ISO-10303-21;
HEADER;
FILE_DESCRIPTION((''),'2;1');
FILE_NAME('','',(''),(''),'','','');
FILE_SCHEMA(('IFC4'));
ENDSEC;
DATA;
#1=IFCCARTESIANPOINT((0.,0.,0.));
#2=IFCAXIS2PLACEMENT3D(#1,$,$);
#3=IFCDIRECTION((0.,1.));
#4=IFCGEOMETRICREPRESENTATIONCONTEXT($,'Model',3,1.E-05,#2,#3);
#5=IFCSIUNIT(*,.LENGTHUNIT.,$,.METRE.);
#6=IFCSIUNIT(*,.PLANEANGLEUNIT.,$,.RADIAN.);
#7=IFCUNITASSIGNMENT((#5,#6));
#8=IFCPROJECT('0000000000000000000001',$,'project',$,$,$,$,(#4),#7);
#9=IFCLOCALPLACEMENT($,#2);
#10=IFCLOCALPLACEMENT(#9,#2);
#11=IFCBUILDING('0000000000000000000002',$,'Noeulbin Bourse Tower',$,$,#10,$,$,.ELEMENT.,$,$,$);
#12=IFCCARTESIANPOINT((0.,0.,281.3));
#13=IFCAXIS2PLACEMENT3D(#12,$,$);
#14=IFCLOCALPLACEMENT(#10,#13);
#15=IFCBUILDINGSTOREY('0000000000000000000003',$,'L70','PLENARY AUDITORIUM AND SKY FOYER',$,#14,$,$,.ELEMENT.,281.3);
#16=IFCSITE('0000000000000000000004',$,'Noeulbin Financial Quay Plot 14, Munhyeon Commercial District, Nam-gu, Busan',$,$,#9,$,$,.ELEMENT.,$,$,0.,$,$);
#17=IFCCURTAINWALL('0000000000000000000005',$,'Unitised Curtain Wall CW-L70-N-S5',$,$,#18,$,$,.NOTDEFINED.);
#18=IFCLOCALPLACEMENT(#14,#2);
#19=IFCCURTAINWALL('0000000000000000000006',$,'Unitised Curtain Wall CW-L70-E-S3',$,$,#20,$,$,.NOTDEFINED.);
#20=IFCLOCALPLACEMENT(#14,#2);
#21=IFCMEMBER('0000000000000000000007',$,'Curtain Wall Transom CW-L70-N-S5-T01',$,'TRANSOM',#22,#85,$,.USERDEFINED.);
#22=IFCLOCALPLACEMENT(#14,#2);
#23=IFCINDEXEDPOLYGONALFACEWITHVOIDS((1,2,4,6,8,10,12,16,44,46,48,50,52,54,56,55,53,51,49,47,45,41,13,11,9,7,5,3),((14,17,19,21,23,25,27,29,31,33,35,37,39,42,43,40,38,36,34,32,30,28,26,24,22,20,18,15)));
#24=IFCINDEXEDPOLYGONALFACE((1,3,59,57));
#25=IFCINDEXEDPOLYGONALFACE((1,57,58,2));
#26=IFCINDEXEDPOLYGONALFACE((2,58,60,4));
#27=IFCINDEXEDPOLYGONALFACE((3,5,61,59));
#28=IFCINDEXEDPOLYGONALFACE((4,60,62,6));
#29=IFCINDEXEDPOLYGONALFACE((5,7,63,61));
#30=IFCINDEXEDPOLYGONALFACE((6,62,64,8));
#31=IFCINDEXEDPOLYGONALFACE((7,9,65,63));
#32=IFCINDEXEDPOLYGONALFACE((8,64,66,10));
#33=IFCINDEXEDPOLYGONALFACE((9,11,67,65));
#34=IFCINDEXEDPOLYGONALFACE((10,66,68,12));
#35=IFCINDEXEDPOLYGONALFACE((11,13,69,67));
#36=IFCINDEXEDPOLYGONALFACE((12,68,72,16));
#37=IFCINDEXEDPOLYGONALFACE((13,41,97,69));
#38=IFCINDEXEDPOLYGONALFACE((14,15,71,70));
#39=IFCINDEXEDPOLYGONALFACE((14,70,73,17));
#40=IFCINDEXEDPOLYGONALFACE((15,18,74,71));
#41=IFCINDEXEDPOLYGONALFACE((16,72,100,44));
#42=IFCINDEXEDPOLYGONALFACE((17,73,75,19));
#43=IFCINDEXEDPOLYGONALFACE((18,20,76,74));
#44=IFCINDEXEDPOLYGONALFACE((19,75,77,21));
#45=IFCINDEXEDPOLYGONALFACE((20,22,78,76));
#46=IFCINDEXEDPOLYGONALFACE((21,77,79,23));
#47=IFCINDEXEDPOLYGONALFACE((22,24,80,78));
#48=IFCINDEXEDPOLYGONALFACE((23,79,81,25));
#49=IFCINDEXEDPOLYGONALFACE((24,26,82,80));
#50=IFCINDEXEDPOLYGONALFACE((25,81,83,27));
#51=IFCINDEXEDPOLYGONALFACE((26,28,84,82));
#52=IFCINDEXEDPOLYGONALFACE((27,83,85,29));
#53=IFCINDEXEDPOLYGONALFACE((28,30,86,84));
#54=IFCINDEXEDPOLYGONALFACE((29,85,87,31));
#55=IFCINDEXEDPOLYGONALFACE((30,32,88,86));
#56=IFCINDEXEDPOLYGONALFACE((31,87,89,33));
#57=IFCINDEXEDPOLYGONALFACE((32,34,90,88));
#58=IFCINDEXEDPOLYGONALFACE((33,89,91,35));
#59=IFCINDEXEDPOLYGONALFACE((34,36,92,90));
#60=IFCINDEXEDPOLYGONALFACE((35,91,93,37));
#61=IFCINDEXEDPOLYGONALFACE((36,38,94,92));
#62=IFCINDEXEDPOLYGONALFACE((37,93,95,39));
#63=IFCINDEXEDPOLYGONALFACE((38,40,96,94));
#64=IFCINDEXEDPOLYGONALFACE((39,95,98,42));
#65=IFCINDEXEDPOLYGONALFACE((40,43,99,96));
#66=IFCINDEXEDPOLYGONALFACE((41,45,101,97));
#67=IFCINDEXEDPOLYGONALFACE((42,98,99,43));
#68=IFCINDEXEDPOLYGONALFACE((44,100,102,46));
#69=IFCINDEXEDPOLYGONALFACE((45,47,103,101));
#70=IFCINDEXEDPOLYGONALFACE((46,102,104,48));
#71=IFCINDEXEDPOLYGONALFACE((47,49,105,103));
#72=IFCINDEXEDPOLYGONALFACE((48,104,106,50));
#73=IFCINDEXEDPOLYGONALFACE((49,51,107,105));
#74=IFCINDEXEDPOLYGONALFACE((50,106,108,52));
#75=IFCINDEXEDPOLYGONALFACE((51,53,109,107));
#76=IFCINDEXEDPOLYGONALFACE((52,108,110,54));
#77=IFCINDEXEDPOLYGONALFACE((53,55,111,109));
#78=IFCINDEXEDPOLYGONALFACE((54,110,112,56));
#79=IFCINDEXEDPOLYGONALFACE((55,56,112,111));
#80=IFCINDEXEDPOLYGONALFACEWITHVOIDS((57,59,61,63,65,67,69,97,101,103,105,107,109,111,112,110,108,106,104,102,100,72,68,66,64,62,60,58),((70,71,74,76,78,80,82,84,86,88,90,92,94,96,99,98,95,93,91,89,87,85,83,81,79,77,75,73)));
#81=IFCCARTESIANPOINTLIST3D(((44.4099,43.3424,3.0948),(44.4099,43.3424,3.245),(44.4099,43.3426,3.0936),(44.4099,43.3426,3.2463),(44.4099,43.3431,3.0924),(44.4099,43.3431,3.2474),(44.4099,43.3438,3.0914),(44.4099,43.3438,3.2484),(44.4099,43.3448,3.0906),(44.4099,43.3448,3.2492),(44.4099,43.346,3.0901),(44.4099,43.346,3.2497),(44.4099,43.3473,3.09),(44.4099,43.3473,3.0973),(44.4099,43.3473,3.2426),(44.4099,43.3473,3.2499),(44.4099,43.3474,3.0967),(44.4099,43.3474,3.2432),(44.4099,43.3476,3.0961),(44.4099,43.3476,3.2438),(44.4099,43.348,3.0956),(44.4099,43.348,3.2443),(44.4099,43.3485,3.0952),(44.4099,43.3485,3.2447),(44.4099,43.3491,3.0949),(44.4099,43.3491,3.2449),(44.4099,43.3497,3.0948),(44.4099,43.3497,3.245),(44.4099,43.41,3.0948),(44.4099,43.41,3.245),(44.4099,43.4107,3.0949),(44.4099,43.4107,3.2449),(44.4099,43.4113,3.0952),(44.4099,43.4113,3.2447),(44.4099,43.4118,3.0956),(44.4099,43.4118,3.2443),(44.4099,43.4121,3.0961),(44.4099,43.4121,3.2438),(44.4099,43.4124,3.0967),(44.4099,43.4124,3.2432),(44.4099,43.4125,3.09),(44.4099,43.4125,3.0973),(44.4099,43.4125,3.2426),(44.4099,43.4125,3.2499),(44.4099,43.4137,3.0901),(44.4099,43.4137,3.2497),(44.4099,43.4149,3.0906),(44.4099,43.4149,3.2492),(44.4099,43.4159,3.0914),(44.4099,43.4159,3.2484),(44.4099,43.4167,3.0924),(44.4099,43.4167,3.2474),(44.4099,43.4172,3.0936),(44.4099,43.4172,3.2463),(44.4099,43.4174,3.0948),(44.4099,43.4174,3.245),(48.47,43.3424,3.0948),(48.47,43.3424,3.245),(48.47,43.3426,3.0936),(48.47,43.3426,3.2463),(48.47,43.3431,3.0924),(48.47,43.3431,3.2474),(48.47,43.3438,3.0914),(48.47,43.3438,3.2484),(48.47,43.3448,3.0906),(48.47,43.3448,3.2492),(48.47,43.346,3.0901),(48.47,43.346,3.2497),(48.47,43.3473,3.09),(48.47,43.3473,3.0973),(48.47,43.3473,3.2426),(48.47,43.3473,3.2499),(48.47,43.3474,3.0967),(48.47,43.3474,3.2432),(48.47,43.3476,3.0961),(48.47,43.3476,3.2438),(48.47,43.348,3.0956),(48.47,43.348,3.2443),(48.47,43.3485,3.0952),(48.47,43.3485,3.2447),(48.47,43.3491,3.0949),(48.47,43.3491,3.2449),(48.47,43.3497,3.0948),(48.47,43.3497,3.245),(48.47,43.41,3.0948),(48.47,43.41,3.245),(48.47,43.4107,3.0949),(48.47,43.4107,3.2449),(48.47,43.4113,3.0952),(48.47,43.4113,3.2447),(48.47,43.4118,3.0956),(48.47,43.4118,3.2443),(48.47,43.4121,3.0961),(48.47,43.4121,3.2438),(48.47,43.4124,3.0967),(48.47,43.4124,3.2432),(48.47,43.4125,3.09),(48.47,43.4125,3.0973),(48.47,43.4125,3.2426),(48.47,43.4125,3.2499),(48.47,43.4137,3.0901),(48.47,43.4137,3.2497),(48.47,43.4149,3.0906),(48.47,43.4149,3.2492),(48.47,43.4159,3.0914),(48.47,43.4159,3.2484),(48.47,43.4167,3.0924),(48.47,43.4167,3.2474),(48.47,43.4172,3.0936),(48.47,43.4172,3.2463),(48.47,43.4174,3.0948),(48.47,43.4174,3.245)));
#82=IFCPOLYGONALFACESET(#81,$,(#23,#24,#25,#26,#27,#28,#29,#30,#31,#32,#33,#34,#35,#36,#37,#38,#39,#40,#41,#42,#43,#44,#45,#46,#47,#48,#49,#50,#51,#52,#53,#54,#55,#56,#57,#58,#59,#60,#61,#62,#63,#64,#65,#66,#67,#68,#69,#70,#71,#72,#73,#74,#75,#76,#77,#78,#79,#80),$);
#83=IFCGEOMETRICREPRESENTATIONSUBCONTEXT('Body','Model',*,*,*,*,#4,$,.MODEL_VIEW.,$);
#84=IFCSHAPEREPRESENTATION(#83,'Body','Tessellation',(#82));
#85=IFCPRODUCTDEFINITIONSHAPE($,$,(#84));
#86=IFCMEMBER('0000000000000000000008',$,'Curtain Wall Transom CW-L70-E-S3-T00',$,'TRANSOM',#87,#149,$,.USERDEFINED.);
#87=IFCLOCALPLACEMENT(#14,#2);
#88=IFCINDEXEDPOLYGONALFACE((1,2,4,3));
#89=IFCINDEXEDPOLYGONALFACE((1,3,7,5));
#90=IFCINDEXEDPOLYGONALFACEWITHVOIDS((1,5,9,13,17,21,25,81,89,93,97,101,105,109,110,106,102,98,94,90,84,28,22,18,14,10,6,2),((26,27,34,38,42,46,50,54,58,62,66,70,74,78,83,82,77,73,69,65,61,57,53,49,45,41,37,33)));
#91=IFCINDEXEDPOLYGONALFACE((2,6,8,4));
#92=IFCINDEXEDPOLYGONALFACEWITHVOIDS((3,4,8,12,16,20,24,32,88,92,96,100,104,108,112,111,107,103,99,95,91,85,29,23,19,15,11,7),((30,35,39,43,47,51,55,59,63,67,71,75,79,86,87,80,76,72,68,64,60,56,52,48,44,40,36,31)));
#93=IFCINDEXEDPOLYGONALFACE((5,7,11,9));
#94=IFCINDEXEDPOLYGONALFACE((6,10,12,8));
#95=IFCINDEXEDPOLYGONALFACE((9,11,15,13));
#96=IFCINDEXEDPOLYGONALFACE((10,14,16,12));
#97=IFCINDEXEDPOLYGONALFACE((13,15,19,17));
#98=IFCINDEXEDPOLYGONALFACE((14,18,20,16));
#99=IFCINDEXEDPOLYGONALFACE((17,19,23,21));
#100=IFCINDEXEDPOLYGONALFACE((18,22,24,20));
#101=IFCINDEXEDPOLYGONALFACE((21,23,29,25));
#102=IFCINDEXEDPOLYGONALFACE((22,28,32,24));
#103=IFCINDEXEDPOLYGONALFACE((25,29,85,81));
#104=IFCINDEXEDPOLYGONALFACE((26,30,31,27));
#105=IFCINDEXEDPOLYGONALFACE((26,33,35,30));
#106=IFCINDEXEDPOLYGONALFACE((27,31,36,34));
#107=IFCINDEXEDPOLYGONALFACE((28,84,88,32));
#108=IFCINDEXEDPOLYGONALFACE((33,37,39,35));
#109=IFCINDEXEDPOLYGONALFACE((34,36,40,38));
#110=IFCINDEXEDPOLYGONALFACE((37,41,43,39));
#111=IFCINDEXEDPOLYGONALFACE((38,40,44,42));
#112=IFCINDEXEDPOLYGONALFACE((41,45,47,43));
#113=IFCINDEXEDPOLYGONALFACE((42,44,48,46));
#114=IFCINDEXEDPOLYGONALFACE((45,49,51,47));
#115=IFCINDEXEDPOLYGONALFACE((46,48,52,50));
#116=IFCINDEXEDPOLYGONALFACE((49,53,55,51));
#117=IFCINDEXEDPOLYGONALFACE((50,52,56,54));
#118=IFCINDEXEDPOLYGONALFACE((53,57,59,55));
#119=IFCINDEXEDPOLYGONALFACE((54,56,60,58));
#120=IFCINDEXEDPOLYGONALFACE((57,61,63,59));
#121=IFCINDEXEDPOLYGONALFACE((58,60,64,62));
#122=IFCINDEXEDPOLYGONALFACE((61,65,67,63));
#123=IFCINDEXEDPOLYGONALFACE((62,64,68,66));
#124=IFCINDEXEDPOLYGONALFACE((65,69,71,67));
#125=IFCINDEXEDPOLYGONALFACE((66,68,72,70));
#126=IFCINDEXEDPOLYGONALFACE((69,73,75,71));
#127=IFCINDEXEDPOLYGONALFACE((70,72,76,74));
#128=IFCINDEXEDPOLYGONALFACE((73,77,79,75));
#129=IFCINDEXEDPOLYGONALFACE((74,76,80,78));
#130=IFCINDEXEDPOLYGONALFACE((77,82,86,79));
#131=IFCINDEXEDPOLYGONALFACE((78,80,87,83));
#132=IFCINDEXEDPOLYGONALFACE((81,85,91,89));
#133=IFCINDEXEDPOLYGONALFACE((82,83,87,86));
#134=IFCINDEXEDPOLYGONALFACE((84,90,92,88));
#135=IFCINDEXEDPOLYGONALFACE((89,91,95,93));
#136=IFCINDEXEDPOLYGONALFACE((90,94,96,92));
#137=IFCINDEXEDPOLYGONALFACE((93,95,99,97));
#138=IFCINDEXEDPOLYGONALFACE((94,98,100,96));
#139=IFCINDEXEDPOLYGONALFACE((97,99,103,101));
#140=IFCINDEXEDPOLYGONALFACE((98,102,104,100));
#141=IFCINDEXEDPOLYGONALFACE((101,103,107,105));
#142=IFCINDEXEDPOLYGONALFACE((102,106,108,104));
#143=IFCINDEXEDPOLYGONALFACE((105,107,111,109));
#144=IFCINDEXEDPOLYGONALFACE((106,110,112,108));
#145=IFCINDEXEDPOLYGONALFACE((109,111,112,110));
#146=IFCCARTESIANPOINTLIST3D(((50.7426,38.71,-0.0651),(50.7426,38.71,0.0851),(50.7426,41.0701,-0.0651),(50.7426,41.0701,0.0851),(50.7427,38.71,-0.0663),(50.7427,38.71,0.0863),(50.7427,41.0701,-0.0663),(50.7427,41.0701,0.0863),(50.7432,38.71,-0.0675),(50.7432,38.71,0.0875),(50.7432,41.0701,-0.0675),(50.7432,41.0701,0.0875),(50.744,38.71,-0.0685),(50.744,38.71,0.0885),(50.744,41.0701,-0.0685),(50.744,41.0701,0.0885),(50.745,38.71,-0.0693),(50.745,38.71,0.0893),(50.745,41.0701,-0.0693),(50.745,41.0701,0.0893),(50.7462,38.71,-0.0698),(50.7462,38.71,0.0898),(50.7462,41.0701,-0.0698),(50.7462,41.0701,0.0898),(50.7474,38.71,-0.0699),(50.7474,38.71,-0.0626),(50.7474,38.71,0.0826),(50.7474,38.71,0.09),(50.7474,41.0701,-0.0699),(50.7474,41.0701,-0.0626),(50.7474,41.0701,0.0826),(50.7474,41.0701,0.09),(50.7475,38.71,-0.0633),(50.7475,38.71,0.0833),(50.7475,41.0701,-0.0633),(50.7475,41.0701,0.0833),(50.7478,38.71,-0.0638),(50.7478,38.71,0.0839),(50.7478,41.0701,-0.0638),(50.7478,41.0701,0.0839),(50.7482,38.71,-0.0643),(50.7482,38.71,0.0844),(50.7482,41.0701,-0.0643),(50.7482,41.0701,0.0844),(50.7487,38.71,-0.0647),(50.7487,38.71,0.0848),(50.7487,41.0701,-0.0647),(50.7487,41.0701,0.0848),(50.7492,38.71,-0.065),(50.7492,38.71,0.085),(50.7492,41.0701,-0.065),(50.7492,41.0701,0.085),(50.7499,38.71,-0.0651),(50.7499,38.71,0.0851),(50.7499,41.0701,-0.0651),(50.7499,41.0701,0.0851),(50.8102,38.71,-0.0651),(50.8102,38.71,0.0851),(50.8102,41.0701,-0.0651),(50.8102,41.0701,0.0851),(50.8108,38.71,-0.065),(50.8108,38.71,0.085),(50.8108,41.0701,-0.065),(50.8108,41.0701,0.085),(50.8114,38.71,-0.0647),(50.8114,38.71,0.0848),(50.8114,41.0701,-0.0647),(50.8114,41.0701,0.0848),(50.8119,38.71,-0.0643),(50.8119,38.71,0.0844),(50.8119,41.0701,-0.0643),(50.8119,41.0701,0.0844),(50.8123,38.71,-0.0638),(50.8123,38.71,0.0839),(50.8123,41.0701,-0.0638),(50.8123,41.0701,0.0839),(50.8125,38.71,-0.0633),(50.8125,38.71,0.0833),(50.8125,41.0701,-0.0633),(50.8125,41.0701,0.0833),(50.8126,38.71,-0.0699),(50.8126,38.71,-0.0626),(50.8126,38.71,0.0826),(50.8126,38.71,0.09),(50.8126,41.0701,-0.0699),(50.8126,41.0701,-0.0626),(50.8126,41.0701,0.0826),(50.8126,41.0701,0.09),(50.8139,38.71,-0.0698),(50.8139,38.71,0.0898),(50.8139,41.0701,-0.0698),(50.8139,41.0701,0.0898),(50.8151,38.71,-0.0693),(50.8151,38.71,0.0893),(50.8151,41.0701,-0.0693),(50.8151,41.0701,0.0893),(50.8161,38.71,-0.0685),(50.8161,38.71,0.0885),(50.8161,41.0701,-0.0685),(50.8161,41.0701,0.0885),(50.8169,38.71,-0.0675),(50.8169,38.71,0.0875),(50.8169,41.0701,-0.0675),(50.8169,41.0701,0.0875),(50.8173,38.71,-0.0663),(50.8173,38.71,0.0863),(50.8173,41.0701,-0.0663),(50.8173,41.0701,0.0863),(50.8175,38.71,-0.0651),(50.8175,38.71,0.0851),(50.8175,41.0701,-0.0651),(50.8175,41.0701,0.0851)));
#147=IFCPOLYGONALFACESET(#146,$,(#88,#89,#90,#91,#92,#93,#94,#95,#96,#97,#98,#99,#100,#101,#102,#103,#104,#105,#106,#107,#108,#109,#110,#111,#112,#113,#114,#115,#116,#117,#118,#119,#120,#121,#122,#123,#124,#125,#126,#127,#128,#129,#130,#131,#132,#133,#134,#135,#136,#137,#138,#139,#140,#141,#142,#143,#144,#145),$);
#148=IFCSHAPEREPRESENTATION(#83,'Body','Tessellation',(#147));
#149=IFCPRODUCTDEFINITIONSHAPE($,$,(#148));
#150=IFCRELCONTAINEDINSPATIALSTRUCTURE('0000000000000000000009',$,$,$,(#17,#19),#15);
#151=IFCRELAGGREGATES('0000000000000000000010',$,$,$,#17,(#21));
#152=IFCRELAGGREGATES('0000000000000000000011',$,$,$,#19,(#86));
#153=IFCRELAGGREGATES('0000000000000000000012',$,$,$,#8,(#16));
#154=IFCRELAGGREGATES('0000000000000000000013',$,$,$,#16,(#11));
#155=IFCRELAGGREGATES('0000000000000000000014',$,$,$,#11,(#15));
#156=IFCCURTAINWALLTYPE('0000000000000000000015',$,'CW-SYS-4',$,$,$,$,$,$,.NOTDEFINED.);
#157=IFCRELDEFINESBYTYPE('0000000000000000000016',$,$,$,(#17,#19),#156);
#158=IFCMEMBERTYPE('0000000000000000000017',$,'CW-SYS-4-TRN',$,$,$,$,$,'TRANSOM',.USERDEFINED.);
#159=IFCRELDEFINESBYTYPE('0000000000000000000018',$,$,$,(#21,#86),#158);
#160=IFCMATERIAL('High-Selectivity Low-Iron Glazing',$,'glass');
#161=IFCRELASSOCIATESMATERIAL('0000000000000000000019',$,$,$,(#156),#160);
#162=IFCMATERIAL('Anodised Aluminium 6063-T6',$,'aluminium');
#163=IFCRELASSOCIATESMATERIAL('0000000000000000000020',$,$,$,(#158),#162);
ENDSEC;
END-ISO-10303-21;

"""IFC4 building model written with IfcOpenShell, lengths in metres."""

from ifc_helpers import new_model, si_unit, direction, frame, origin, origin_2d, place, context, subcontext, project, spatial, hollow_rectangle, extrude, material, material_profile, profile_set, type_object, element, aggregate, save


model = new_model("IFC4")

# Units and contexts
model_context = context("Model", 3, precision=1e-05, world=origin(), true_north=direction((0.0, 1.0)))
body_context = subcontext(model_context, "Body", "Model", "MODEL_VIEW")
ifc_project = project(units=[si_unit("LENGTHUNIT", "METRE"), si_unit("PLANEANGLEUNIT", "RADIAN")], contexts=[model_context])

# Site, building, storey
site_placement = place(None, origin())
site = spatial("IfcSite", under=ifc_project, at=site_placement, Name="Noeulbin Financial Quay Plot 14, Munhyeon Commercial District, Nam-gu, Busan", CompositionType="ELEMENT", RefElevation=0.0)
building_placement = place(site_placement, origin())
building = spatial("IfcBuilding", under=site, at=building_placement, Name="Noeulbin Bourse Tower", CompositionType="ELEMENT")
storey_placement = place(building_placement, frame((0.0, 0.0, 281.3)))
storey = spatial("IfcBuildingStorey", under=building, at=storey_placement, Name="L70", Description="PLENARY AUDITORIUM AND SKY FOYER", CompositionType="ELEMENT", Elevation=281.3)

# Shared definitions
ifc_material_1 = material(Name="High-Selectivity Low-Iron Glazing", Category="glass")
curtain_wall_type = type_object("IfcCurtainWallType", Name="CW-SYS-4", PredefinedType="NOTDEFINED", material=ifc_material_1)
ifc_material_2 = material(Name="Anodised Aluminium 6063-T6", Category="aluminium")

# Curtain walls
curtain_wall_1_placement = place(storey_placement, origin())
curtain_wall_1 = element("IfcCurtainWall", 1, at=curtain_wall_1_placement, inside=storey, type_object=curtain_wall_type, Name="Unitised Curtain Wall CW-L70-N-S5", PredefinedType="NOTDEFINED")
curtain_wall_2_placement = place(storey_placement, origin())
curtain_wall_2 = element("IfcCurtainWall", 2, at=curtain_wall_2_placement, inside=storey, type_object=curtain_wall_type, Name="Unitised Curtain Wall CW-L70-E-S3", PredefinedType="NOTDEFINED")

# Members
ifc_material_profile_1 = material_profile(ifc_material_2, hollow_rectangle(XDim=0.075, YDim=0.1599, WallThickness=0.0049, InnerFilletRadius=0.0024, OuterFilletRadius=0.0049, at=origin_2d()), Name="ALU-TRAN-75x160x5", Category="LoadBearing")
ifc_profile_set_1 = profile_set([ifc_material_profile_1], Name="Anodised Aluminium 6063-T6")
member_type_1 = type_object("IfcMemberType", Name="CW-SYS-4-TRN", ElementType="TRANSOM", PredefinedType="USERDEFINED", material=ifc_profile_set_1)
member_1_placement = place(storey_placement, frame((44.4099, 43.3799, 3.1699), z_axis=(1.0, 0.0, 0.0), x_axis=(0.0, 1.0, 0.0)))
member_1 = element("IfcMember", 3, at=member_1_placement, type_object=member_type_1, Name="Curtain Wall Transom CW-L70-N-S5-T01", ObjectType="TRANSOM", PredefinedType="USERDEFINED", context=body_context, shape_type="SweptSolid", body=[
    extrude(hollow_rectangle(XDim=0.075, YDim=0.1599, WallThickness=0.0049, InnerFilletRadius=0.0024, OuterFilletRadius=0.0049, at=origin_2d()), origin(), (0.0, 0.0, 1.0), 4.0601),
])
member_2_placement = place(storey_placement, frame((50.78, 38.71, 0.01), z_axis=(0.0, 1.0, 0.0), x_axis=(-1.0, 0.0, 0.0)))
member_2 = element("IfcMember", 4, at=member_2_placement, type_object=member_type_1, Name="Curtain Wall Transom CW-L70-E-S3-T00", ObjectType="TRANSOM", PredefinedType="USERDEFINED", context=body_context, shape_type="SweptSolid", body=[
    extrude(hollow_rectangle(XDim=0.075, YDim=0.1599, WallThickness=0.0049, InnerFilletRadius=0.0024, OuterFilletRadius=0.0049, at=origin_2d()), origin(), (0.0, 0.0, 1.0), 2.3601),
])

aggregate(curtain_wall_1, [member_1])
aggregate(curtain_wall_2, [member_2])

save(model, "model.ifc")
